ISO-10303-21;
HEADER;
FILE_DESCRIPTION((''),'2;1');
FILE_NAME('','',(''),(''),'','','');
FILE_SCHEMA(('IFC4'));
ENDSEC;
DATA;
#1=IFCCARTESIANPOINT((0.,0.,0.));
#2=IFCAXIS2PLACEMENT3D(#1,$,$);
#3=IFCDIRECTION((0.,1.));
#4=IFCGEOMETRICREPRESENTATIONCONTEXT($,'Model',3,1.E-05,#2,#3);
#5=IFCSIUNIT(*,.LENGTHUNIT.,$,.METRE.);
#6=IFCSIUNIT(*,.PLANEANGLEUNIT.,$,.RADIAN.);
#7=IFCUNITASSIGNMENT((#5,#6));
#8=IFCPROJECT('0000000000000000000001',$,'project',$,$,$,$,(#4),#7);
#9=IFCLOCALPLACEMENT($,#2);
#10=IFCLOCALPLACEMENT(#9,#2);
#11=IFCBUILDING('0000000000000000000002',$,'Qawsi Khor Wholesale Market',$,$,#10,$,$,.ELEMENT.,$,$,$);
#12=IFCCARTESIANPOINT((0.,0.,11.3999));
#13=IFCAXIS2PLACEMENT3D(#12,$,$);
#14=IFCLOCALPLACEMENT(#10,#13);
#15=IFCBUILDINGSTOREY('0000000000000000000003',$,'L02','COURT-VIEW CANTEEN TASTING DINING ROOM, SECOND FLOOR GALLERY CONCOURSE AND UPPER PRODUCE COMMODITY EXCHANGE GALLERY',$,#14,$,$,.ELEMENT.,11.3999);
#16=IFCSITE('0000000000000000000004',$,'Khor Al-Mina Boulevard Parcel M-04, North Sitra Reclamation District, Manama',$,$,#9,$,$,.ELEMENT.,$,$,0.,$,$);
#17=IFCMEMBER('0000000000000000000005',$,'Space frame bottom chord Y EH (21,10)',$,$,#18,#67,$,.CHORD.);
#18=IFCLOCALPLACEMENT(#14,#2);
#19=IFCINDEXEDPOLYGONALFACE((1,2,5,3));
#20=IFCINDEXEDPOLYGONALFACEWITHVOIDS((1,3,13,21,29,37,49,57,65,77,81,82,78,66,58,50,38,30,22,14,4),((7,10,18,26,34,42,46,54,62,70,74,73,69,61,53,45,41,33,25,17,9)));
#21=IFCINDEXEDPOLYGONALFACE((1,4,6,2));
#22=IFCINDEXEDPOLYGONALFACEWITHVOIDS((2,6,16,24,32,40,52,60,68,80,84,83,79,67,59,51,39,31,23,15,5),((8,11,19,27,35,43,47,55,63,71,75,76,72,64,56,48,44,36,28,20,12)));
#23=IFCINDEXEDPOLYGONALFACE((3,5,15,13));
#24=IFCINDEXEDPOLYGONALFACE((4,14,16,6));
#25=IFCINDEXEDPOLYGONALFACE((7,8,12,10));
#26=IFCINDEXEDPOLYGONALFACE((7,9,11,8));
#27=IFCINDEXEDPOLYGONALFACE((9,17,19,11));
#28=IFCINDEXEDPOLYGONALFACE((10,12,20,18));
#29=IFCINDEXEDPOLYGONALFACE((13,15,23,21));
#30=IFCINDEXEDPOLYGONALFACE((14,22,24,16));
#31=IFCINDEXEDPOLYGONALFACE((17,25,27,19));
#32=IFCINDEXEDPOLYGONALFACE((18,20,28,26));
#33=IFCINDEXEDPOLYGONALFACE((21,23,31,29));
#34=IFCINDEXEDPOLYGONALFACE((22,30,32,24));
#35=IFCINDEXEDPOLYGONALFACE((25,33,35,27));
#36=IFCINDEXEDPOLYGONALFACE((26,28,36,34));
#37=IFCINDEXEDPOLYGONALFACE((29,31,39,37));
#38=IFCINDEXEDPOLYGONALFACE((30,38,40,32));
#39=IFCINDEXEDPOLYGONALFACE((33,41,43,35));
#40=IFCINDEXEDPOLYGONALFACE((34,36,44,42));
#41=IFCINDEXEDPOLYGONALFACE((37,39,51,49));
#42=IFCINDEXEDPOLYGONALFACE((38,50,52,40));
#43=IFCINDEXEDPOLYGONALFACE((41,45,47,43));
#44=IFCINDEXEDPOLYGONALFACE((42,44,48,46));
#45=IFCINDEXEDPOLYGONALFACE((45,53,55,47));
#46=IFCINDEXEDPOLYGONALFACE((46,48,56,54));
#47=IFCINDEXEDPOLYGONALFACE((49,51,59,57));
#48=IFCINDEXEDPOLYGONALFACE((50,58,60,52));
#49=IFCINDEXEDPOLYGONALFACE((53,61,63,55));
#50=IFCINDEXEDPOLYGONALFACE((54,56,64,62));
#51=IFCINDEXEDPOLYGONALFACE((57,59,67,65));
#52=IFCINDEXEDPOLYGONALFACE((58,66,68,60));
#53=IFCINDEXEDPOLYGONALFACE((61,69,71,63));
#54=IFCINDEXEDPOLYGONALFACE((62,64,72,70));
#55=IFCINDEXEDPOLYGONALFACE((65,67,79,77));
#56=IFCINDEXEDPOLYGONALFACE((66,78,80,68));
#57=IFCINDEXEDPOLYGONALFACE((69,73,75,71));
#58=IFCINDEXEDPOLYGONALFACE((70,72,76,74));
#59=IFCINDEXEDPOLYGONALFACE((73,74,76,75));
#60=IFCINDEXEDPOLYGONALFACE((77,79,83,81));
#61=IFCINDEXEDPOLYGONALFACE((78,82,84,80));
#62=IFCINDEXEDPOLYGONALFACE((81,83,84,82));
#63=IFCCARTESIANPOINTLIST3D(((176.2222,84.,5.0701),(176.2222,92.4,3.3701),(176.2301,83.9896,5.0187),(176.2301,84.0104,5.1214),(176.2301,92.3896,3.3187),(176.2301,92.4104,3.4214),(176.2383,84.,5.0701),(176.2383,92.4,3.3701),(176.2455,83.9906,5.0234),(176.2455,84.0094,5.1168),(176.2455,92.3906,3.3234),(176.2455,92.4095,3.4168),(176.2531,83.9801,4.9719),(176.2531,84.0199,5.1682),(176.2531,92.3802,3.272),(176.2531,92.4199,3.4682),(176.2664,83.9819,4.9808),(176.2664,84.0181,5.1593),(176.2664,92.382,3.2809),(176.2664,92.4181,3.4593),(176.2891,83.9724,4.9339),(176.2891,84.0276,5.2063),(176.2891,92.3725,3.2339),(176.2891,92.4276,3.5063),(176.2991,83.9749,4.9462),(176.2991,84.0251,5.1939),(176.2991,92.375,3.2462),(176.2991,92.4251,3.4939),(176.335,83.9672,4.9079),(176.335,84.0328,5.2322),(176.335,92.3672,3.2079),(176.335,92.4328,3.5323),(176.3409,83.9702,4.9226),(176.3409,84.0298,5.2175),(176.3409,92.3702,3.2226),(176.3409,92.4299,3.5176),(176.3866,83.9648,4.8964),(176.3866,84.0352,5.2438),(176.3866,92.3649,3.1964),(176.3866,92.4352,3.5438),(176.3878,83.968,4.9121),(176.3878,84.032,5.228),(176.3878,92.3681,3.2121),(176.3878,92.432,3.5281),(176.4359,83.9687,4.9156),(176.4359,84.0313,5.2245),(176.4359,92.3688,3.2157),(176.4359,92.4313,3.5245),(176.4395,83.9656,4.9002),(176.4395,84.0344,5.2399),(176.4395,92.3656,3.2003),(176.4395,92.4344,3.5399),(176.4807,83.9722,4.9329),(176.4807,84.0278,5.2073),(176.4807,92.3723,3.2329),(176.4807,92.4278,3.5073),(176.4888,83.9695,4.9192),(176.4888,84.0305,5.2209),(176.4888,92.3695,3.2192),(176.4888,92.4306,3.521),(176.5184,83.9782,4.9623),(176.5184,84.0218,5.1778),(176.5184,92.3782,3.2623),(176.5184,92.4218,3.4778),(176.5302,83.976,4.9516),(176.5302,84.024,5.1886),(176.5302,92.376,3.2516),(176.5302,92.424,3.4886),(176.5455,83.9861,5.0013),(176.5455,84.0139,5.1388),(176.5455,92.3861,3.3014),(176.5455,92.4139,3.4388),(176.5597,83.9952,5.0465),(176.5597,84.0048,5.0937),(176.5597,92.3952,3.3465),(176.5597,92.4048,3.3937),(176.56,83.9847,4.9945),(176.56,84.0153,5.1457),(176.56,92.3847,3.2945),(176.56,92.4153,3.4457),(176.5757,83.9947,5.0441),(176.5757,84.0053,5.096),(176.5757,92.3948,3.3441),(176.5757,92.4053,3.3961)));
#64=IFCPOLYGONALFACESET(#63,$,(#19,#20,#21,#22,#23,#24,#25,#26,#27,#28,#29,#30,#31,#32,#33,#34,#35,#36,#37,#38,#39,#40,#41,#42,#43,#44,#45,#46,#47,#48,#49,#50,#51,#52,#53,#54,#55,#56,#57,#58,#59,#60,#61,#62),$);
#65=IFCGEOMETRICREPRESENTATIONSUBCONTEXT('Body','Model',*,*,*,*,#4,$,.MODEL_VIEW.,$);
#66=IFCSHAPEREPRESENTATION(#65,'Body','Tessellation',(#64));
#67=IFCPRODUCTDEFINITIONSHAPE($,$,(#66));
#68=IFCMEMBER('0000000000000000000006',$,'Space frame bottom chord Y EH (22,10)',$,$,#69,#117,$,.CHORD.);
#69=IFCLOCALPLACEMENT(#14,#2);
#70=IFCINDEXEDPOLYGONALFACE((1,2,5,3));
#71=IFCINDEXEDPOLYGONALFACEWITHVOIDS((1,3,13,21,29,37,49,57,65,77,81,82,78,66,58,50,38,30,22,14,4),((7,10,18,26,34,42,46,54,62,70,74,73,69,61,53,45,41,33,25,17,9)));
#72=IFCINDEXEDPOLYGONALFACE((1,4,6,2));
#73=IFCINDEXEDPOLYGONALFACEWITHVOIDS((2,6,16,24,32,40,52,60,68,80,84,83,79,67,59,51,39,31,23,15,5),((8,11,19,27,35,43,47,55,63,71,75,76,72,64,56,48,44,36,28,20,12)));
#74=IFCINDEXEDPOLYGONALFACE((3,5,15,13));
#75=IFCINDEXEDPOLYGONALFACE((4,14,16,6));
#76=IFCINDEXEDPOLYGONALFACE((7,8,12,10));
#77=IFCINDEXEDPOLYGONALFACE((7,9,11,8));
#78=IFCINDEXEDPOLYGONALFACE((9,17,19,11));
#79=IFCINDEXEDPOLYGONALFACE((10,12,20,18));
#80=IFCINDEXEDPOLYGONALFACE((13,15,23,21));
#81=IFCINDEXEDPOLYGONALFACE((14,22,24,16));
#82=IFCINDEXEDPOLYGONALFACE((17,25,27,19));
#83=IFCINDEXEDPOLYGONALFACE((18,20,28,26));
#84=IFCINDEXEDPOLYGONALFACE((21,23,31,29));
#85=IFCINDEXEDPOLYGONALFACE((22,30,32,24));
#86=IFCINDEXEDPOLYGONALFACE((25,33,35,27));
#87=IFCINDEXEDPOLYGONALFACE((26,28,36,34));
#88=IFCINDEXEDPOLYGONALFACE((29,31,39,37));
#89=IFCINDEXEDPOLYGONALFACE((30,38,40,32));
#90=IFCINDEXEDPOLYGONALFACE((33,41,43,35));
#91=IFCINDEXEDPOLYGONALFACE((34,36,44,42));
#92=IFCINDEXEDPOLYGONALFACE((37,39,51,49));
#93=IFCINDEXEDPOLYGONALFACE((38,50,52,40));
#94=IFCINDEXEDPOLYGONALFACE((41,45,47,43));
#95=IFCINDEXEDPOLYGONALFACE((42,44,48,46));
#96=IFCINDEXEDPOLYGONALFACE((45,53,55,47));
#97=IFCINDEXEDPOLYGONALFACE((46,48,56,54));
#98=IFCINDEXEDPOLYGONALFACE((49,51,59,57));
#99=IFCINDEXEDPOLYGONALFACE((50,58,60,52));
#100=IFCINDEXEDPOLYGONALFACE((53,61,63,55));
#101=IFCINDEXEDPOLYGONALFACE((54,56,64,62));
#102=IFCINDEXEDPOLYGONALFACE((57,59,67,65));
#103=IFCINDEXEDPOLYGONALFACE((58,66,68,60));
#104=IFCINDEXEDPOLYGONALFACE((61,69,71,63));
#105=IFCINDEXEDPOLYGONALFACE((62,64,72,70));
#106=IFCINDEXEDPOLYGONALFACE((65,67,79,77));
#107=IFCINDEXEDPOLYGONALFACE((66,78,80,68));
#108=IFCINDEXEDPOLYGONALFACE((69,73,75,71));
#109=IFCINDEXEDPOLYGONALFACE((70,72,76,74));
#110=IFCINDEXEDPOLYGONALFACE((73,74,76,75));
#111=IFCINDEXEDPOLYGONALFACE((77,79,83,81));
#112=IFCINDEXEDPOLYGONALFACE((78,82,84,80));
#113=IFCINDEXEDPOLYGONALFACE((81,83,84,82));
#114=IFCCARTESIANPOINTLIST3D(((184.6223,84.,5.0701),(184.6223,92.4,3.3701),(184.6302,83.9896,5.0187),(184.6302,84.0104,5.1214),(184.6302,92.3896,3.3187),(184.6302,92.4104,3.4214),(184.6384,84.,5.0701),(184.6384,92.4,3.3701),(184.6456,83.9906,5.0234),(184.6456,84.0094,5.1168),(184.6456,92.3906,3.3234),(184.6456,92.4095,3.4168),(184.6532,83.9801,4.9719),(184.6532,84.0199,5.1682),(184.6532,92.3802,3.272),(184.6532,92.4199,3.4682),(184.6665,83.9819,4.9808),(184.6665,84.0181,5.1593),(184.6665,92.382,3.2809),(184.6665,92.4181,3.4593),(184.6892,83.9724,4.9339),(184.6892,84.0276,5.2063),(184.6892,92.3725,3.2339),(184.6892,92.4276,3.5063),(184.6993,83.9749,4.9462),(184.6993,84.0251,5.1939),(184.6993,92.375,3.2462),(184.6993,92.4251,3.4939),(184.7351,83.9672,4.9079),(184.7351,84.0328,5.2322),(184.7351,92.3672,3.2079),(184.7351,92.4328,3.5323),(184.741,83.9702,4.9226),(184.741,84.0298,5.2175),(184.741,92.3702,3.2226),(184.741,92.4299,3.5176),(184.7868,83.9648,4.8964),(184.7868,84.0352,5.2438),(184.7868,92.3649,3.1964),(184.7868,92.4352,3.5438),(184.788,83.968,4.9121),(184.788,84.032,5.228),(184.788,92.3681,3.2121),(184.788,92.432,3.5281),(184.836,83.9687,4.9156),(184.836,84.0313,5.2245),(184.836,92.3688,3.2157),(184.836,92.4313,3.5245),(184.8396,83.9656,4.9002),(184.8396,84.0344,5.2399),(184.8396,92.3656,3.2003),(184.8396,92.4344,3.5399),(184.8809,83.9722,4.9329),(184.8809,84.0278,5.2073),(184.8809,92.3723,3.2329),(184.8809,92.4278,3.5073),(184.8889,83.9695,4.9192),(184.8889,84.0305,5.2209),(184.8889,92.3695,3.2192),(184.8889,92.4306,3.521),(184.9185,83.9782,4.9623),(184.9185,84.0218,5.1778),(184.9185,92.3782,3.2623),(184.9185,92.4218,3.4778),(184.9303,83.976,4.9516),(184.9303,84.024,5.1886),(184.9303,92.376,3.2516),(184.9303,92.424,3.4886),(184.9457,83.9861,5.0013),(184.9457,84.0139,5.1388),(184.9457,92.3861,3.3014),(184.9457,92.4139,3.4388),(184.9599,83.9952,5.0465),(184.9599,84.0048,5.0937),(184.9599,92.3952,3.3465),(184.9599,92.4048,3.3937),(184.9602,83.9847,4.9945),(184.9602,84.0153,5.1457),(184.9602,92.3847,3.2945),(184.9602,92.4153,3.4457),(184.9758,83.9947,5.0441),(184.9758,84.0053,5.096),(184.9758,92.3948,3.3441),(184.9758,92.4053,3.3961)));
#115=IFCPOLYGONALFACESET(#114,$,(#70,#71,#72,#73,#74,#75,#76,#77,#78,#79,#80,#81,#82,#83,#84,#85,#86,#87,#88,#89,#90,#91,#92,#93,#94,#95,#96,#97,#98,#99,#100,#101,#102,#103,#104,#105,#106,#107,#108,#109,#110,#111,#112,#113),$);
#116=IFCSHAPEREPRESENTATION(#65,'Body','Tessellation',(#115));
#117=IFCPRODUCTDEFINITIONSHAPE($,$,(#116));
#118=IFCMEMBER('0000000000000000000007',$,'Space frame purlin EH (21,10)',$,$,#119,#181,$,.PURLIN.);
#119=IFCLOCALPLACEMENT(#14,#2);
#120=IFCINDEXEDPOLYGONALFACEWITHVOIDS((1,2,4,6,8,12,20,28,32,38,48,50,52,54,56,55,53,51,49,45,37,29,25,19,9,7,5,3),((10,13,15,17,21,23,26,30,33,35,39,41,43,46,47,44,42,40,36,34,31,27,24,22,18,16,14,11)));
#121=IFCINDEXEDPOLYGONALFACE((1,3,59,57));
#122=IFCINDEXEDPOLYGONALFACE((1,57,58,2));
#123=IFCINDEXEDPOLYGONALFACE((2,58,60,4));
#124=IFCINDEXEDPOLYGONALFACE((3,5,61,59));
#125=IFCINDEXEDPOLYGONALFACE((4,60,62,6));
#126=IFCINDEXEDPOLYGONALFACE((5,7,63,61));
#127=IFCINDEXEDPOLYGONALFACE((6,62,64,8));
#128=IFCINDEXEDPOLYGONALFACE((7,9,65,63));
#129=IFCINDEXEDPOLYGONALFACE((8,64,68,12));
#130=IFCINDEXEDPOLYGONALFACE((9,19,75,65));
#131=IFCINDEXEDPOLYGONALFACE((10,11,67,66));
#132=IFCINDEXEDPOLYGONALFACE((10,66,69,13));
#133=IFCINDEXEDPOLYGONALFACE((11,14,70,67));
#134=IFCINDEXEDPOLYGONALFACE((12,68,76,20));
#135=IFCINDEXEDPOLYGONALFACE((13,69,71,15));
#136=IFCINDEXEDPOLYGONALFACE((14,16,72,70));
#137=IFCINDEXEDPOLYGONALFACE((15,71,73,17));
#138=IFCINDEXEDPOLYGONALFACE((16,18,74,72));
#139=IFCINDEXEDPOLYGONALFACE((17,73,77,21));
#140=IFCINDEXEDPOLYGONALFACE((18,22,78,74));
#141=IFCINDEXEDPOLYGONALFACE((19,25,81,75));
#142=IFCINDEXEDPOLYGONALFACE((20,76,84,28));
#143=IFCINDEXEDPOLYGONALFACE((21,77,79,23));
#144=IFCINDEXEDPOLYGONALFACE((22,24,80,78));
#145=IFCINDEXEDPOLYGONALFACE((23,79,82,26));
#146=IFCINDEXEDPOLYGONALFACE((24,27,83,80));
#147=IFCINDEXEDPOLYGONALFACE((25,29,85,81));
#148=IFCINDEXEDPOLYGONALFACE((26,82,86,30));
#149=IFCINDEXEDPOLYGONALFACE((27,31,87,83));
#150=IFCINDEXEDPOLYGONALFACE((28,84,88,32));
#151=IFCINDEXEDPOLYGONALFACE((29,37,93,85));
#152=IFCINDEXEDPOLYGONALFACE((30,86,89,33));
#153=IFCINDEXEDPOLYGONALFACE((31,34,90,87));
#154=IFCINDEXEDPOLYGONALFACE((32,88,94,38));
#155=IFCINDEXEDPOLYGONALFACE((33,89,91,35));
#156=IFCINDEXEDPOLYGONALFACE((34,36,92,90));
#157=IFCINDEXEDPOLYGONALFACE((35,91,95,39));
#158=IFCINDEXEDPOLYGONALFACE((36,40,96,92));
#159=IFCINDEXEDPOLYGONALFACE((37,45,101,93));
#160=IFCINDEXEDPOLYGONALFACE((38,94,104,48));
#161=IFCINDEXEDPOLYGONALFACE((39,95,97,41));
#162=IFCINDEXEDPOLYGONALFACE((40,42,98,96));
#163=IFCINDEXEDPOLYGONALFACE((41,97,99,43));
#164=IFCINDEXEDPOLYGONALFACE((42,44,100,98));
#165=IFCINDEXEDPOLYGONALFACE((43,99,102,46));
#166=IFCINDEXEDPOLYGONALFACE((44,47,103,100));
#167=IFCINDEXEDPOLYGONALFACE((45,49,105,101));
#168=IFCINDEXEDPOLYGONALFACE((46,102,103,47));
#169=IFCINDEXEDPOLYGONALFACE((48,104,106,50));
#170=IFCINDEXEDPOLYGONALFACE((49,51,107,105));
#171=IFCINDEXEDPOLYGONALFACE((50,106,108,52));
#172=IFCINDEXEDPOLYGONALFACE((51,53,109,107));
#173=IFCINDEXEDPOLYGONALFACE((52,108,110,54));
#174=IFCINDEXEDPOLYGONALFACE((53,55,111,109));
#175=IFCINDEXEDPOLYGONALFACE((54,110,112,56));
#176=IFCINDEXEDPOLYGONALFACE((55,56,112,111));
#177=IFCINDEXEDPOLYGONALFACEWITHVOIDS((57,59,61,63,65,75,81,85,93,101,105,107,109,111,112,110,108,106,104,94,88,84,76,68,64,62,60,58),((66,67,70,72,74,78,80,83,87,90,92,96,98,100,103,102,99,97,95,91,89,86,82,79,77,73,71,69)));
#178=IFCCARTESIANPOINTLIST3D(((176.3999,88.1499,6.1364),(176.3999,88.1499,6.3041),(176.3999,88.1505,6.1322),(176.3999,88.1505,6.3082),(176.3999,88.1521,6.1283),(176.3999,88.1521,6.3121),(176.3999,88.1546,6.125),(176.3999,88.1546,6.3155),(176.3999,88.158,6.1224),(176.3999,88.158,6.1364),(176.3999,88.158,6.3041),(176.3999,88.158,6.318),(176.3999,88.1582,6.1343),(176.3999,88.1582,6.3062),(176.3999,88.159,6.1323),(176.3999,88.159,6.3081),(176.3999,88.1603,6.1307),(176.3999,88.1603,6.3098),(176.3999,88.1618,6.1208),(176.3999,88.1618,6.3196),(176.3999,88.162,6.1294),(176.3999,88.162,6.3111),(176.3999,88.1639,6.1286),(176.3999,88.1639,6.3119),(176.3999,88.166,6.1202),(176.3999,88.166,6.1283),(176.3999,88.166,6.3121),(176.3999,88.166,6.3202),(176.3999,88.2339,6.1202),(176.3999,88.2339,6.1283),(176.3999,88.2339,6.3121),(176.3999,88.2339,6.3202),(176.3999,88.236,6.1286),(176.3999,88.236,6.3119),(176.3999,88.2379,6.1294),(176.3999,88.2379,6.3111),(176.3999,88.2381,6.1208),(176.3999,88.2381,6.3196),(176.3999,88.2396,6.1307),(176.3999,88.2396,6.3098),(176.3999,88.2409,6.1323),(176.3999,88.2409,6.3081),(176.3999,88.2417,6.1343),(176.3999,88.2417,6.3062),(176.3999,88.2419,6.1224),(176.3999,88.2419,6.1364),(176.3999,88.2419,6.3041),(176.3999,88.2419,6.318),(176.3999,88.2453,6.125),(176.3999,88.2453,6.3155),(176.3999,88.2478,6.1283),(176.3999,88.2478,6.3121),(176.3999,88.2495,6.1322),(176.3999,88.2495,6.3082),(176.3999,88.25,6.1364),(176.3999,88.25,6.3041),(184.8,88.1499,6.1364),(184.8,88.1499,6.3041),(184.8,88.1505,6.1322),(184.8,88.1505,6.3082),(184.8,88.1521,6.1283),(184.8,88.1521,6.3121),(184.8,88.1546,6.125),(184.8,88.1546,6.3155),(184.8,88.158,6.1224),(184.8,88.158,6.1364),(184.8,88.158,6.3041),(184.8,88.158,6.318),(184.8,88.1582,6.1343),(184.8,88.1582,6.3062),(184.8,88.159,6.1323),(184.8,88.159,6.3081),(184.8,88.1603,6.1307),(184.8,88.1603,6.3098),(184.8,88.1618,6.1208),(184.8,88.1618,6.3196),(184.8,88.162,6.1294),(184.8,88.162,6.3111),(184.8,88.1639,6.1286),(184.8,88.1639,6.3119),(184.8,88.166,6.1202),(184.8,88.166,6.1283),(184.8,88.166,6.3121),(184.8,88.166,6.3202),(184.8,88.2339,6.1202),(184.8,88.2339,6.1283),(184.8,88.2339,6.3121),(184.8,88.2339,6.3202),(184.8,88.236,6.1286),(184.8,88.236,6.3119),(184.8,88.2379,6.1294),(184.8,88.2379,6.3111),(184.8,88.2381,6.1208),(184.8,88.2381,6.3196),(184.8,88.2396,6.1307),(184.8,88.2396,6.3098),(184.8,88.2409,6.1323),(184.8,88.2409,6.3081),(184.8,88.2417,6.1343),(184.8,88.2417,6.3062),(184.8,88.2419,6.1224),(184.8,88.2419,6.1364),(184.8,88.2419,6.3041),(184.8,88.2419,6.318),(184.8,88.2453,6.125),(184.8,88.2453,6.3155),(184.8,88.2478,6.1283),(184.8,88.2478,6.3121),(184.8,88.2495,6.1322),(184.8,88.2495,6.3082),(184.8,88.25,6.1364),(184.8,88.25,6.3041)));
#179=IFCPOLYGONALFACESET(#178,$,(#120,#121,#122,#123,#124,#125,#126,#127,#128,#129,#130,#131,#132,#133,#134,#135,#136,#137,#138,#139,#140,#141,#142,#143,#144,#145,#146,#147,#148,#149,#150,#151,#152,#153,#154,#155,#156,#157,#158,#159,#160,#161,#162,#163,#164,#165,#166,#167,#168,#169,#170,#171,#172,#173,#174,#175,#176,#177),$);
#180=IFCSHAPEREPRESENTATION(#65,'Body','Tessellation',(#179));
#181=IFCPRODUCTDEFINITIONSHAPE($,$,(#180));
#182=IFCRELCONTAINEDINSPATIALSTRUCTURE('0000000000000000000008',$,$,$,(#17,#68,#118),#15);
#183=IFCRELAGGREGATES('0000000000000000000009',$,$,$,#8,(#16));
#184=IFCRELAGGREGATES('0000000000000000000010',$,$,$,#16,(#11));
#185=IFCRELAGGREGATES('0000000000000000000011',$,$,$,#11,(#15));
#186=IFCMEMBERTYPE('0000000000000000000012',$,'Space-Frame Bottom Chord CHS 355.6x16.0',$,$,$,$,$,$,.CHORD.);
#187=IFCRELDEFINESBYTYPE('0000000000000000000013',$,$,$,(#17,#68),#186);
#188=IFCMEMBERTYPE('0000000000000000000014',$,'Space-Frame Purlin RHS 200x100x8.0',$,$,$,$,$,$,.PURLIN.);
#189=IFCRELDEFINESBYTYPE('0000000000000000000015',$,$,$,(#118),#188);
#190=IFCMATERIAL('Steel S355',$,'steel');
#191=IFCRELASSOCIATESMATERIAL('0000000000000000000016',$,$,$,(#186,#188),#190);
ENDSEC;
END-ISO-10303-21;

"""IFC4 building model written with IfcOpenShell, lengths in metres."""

from ifc_helpers import new_model, si_unit, direction, frame, origin, origin_2d, place, context, subcontext, project, spatial, hollow_rectangle, hollow_circle, extrude, material, material_profile, profile_set, type_object, element, save


model = new_model("IFC4")

# Units and contexts
model_context = context("Model", 3, precision=1e-05, world=origin(), true_north=direction((0.0, 1.0)))
body_context = subcontext(model_context, "Body", "Model", "MODEL_VIEW")
ifc_project = project(units=[si_unit("LENGTHUNIT", "METRE"), si_unit("PLANEANGLEUNIT", "RADIAN")], contexts=[model_context])

# Site, building, storey
site_placement = place(None, origin())
site = spatial("IfcSite", under=ifc_project, at=site_placement, Name="Khor Al-Mina Boulevard Parcel M-04, North Sitra Reclamation District, Manama", CompositionType="ELEMENT", RefElevation=0.0)
building_placement = place(site_placement, origin())
building = spatial("IfcBuilding", under=site, at=building_placement, Name="Qawsi Khor Wholesale Market", CompositionType="ELEMENT")
storey_placement = place(building_placement, frame((0.0, 0.0, 11.3999)))
storey = spatial("IfcBuildingStorey", under=building, at=storey_placement, Name="L02", Description="COURT-VIEW CANTEEN TASTING DINING ROOM, SECOND FLOOR GALLERY CONCOURSE AND UPPER PRODUCE COMMODITY EXCHANGE GALLERY", CompositionType="ELEMENT", Elevation=11.3999)

# Members
ifc_material_1 = material(Name="Steel S355", Category="steel")
ifc_material_profile_1 = material_profile(ifc_material_1, hollow_circle(Radius=0.1777, WallThickness=0.0161, at=origin_2d()), Name="CHS 355.6x16.0")
ifc_profile_set_1 = profile_set([ifc_material_profile_1], Name="Steel S355")
member_type_1 = type_object("IfcMemberType", Name="Space-Frame Bottom Chord CHS 355.6x16.0", PredefinedType="CHORD", material=ifc_profile_set_1)
for number, where, z_axis, x_axis, name in (
    (1, (176.3999, 84.0, 5.0701), (0.0, 0.98013, -0.198356), (-1.0, 0.0, 0.0), "Space frame bottom chord Y EH (21,10)"),
    (2, (184.8, 84.0, 5.0701), (0.0, 0.98013, -0.198356), (-1.0, 0.0, 0.0), "Space frame bottom chord Y EH (22,10)"),
):
    element("IfcMember", number, at=place(storey_placement, frame(where, z_axis=z_axis, x_axis=x_axis)), inside=storey, type_object=member_type_1, Name=name, PredefinedType="CHORD", context=body_context, shape_type="SweptSolid", body=[
        extrude(hollow_circle(Radius=0.1777, WallThickness=0.0161, at=origin_2d()), origin(), (0.0, 0.0, 1.0), 8.5703),
    ])
ifc_material_profile_2 = material_profile(ifc_material_1, hollow_rectangle(XDim=0.1001, YDim=0.2, WallThickness=0.0081, InnerFilletRadius=0.0081, OuterFilletRadius=0.0161, at=origin_2d()), Name="RHS 200x100x8.0")
ifc_profile_set_2 = profile_set([ifc_material_profile_2], Name="Steel S355")
member_type_2 = type_object("IfcMemberType", Name="Space-Frame Purlin RHS 200x100x8.0", PredefinedType="PURLIN", material=ifc_profile_set_2)
member_1_placement = place(storey_placement, frame((176.3999, 88.2, 6.2202), z_axis=(1.0, 0.0, 0.0), x_axis=(0.0, 1.0, 0.0)))
element("IfcMember", 3, at=member_1_placement, inside=storey, type_object=member_type_2, Name="Space frame purlin EH (21,10)", PredefinedType="PURLIN", context=body_context, shape_type="SweptSolid", body=[
    extrude(hollow_rectangle(XDim=0.1001, YDim=0.2, WallThickness=0.0081, InnerFilletRadius=0.0081, OuterFilletRadius=0.0161, at=origin_2d()), origin(), (0.0, 0.0, 1.0), 8.4001),
])

save(model, "model.ifc")
